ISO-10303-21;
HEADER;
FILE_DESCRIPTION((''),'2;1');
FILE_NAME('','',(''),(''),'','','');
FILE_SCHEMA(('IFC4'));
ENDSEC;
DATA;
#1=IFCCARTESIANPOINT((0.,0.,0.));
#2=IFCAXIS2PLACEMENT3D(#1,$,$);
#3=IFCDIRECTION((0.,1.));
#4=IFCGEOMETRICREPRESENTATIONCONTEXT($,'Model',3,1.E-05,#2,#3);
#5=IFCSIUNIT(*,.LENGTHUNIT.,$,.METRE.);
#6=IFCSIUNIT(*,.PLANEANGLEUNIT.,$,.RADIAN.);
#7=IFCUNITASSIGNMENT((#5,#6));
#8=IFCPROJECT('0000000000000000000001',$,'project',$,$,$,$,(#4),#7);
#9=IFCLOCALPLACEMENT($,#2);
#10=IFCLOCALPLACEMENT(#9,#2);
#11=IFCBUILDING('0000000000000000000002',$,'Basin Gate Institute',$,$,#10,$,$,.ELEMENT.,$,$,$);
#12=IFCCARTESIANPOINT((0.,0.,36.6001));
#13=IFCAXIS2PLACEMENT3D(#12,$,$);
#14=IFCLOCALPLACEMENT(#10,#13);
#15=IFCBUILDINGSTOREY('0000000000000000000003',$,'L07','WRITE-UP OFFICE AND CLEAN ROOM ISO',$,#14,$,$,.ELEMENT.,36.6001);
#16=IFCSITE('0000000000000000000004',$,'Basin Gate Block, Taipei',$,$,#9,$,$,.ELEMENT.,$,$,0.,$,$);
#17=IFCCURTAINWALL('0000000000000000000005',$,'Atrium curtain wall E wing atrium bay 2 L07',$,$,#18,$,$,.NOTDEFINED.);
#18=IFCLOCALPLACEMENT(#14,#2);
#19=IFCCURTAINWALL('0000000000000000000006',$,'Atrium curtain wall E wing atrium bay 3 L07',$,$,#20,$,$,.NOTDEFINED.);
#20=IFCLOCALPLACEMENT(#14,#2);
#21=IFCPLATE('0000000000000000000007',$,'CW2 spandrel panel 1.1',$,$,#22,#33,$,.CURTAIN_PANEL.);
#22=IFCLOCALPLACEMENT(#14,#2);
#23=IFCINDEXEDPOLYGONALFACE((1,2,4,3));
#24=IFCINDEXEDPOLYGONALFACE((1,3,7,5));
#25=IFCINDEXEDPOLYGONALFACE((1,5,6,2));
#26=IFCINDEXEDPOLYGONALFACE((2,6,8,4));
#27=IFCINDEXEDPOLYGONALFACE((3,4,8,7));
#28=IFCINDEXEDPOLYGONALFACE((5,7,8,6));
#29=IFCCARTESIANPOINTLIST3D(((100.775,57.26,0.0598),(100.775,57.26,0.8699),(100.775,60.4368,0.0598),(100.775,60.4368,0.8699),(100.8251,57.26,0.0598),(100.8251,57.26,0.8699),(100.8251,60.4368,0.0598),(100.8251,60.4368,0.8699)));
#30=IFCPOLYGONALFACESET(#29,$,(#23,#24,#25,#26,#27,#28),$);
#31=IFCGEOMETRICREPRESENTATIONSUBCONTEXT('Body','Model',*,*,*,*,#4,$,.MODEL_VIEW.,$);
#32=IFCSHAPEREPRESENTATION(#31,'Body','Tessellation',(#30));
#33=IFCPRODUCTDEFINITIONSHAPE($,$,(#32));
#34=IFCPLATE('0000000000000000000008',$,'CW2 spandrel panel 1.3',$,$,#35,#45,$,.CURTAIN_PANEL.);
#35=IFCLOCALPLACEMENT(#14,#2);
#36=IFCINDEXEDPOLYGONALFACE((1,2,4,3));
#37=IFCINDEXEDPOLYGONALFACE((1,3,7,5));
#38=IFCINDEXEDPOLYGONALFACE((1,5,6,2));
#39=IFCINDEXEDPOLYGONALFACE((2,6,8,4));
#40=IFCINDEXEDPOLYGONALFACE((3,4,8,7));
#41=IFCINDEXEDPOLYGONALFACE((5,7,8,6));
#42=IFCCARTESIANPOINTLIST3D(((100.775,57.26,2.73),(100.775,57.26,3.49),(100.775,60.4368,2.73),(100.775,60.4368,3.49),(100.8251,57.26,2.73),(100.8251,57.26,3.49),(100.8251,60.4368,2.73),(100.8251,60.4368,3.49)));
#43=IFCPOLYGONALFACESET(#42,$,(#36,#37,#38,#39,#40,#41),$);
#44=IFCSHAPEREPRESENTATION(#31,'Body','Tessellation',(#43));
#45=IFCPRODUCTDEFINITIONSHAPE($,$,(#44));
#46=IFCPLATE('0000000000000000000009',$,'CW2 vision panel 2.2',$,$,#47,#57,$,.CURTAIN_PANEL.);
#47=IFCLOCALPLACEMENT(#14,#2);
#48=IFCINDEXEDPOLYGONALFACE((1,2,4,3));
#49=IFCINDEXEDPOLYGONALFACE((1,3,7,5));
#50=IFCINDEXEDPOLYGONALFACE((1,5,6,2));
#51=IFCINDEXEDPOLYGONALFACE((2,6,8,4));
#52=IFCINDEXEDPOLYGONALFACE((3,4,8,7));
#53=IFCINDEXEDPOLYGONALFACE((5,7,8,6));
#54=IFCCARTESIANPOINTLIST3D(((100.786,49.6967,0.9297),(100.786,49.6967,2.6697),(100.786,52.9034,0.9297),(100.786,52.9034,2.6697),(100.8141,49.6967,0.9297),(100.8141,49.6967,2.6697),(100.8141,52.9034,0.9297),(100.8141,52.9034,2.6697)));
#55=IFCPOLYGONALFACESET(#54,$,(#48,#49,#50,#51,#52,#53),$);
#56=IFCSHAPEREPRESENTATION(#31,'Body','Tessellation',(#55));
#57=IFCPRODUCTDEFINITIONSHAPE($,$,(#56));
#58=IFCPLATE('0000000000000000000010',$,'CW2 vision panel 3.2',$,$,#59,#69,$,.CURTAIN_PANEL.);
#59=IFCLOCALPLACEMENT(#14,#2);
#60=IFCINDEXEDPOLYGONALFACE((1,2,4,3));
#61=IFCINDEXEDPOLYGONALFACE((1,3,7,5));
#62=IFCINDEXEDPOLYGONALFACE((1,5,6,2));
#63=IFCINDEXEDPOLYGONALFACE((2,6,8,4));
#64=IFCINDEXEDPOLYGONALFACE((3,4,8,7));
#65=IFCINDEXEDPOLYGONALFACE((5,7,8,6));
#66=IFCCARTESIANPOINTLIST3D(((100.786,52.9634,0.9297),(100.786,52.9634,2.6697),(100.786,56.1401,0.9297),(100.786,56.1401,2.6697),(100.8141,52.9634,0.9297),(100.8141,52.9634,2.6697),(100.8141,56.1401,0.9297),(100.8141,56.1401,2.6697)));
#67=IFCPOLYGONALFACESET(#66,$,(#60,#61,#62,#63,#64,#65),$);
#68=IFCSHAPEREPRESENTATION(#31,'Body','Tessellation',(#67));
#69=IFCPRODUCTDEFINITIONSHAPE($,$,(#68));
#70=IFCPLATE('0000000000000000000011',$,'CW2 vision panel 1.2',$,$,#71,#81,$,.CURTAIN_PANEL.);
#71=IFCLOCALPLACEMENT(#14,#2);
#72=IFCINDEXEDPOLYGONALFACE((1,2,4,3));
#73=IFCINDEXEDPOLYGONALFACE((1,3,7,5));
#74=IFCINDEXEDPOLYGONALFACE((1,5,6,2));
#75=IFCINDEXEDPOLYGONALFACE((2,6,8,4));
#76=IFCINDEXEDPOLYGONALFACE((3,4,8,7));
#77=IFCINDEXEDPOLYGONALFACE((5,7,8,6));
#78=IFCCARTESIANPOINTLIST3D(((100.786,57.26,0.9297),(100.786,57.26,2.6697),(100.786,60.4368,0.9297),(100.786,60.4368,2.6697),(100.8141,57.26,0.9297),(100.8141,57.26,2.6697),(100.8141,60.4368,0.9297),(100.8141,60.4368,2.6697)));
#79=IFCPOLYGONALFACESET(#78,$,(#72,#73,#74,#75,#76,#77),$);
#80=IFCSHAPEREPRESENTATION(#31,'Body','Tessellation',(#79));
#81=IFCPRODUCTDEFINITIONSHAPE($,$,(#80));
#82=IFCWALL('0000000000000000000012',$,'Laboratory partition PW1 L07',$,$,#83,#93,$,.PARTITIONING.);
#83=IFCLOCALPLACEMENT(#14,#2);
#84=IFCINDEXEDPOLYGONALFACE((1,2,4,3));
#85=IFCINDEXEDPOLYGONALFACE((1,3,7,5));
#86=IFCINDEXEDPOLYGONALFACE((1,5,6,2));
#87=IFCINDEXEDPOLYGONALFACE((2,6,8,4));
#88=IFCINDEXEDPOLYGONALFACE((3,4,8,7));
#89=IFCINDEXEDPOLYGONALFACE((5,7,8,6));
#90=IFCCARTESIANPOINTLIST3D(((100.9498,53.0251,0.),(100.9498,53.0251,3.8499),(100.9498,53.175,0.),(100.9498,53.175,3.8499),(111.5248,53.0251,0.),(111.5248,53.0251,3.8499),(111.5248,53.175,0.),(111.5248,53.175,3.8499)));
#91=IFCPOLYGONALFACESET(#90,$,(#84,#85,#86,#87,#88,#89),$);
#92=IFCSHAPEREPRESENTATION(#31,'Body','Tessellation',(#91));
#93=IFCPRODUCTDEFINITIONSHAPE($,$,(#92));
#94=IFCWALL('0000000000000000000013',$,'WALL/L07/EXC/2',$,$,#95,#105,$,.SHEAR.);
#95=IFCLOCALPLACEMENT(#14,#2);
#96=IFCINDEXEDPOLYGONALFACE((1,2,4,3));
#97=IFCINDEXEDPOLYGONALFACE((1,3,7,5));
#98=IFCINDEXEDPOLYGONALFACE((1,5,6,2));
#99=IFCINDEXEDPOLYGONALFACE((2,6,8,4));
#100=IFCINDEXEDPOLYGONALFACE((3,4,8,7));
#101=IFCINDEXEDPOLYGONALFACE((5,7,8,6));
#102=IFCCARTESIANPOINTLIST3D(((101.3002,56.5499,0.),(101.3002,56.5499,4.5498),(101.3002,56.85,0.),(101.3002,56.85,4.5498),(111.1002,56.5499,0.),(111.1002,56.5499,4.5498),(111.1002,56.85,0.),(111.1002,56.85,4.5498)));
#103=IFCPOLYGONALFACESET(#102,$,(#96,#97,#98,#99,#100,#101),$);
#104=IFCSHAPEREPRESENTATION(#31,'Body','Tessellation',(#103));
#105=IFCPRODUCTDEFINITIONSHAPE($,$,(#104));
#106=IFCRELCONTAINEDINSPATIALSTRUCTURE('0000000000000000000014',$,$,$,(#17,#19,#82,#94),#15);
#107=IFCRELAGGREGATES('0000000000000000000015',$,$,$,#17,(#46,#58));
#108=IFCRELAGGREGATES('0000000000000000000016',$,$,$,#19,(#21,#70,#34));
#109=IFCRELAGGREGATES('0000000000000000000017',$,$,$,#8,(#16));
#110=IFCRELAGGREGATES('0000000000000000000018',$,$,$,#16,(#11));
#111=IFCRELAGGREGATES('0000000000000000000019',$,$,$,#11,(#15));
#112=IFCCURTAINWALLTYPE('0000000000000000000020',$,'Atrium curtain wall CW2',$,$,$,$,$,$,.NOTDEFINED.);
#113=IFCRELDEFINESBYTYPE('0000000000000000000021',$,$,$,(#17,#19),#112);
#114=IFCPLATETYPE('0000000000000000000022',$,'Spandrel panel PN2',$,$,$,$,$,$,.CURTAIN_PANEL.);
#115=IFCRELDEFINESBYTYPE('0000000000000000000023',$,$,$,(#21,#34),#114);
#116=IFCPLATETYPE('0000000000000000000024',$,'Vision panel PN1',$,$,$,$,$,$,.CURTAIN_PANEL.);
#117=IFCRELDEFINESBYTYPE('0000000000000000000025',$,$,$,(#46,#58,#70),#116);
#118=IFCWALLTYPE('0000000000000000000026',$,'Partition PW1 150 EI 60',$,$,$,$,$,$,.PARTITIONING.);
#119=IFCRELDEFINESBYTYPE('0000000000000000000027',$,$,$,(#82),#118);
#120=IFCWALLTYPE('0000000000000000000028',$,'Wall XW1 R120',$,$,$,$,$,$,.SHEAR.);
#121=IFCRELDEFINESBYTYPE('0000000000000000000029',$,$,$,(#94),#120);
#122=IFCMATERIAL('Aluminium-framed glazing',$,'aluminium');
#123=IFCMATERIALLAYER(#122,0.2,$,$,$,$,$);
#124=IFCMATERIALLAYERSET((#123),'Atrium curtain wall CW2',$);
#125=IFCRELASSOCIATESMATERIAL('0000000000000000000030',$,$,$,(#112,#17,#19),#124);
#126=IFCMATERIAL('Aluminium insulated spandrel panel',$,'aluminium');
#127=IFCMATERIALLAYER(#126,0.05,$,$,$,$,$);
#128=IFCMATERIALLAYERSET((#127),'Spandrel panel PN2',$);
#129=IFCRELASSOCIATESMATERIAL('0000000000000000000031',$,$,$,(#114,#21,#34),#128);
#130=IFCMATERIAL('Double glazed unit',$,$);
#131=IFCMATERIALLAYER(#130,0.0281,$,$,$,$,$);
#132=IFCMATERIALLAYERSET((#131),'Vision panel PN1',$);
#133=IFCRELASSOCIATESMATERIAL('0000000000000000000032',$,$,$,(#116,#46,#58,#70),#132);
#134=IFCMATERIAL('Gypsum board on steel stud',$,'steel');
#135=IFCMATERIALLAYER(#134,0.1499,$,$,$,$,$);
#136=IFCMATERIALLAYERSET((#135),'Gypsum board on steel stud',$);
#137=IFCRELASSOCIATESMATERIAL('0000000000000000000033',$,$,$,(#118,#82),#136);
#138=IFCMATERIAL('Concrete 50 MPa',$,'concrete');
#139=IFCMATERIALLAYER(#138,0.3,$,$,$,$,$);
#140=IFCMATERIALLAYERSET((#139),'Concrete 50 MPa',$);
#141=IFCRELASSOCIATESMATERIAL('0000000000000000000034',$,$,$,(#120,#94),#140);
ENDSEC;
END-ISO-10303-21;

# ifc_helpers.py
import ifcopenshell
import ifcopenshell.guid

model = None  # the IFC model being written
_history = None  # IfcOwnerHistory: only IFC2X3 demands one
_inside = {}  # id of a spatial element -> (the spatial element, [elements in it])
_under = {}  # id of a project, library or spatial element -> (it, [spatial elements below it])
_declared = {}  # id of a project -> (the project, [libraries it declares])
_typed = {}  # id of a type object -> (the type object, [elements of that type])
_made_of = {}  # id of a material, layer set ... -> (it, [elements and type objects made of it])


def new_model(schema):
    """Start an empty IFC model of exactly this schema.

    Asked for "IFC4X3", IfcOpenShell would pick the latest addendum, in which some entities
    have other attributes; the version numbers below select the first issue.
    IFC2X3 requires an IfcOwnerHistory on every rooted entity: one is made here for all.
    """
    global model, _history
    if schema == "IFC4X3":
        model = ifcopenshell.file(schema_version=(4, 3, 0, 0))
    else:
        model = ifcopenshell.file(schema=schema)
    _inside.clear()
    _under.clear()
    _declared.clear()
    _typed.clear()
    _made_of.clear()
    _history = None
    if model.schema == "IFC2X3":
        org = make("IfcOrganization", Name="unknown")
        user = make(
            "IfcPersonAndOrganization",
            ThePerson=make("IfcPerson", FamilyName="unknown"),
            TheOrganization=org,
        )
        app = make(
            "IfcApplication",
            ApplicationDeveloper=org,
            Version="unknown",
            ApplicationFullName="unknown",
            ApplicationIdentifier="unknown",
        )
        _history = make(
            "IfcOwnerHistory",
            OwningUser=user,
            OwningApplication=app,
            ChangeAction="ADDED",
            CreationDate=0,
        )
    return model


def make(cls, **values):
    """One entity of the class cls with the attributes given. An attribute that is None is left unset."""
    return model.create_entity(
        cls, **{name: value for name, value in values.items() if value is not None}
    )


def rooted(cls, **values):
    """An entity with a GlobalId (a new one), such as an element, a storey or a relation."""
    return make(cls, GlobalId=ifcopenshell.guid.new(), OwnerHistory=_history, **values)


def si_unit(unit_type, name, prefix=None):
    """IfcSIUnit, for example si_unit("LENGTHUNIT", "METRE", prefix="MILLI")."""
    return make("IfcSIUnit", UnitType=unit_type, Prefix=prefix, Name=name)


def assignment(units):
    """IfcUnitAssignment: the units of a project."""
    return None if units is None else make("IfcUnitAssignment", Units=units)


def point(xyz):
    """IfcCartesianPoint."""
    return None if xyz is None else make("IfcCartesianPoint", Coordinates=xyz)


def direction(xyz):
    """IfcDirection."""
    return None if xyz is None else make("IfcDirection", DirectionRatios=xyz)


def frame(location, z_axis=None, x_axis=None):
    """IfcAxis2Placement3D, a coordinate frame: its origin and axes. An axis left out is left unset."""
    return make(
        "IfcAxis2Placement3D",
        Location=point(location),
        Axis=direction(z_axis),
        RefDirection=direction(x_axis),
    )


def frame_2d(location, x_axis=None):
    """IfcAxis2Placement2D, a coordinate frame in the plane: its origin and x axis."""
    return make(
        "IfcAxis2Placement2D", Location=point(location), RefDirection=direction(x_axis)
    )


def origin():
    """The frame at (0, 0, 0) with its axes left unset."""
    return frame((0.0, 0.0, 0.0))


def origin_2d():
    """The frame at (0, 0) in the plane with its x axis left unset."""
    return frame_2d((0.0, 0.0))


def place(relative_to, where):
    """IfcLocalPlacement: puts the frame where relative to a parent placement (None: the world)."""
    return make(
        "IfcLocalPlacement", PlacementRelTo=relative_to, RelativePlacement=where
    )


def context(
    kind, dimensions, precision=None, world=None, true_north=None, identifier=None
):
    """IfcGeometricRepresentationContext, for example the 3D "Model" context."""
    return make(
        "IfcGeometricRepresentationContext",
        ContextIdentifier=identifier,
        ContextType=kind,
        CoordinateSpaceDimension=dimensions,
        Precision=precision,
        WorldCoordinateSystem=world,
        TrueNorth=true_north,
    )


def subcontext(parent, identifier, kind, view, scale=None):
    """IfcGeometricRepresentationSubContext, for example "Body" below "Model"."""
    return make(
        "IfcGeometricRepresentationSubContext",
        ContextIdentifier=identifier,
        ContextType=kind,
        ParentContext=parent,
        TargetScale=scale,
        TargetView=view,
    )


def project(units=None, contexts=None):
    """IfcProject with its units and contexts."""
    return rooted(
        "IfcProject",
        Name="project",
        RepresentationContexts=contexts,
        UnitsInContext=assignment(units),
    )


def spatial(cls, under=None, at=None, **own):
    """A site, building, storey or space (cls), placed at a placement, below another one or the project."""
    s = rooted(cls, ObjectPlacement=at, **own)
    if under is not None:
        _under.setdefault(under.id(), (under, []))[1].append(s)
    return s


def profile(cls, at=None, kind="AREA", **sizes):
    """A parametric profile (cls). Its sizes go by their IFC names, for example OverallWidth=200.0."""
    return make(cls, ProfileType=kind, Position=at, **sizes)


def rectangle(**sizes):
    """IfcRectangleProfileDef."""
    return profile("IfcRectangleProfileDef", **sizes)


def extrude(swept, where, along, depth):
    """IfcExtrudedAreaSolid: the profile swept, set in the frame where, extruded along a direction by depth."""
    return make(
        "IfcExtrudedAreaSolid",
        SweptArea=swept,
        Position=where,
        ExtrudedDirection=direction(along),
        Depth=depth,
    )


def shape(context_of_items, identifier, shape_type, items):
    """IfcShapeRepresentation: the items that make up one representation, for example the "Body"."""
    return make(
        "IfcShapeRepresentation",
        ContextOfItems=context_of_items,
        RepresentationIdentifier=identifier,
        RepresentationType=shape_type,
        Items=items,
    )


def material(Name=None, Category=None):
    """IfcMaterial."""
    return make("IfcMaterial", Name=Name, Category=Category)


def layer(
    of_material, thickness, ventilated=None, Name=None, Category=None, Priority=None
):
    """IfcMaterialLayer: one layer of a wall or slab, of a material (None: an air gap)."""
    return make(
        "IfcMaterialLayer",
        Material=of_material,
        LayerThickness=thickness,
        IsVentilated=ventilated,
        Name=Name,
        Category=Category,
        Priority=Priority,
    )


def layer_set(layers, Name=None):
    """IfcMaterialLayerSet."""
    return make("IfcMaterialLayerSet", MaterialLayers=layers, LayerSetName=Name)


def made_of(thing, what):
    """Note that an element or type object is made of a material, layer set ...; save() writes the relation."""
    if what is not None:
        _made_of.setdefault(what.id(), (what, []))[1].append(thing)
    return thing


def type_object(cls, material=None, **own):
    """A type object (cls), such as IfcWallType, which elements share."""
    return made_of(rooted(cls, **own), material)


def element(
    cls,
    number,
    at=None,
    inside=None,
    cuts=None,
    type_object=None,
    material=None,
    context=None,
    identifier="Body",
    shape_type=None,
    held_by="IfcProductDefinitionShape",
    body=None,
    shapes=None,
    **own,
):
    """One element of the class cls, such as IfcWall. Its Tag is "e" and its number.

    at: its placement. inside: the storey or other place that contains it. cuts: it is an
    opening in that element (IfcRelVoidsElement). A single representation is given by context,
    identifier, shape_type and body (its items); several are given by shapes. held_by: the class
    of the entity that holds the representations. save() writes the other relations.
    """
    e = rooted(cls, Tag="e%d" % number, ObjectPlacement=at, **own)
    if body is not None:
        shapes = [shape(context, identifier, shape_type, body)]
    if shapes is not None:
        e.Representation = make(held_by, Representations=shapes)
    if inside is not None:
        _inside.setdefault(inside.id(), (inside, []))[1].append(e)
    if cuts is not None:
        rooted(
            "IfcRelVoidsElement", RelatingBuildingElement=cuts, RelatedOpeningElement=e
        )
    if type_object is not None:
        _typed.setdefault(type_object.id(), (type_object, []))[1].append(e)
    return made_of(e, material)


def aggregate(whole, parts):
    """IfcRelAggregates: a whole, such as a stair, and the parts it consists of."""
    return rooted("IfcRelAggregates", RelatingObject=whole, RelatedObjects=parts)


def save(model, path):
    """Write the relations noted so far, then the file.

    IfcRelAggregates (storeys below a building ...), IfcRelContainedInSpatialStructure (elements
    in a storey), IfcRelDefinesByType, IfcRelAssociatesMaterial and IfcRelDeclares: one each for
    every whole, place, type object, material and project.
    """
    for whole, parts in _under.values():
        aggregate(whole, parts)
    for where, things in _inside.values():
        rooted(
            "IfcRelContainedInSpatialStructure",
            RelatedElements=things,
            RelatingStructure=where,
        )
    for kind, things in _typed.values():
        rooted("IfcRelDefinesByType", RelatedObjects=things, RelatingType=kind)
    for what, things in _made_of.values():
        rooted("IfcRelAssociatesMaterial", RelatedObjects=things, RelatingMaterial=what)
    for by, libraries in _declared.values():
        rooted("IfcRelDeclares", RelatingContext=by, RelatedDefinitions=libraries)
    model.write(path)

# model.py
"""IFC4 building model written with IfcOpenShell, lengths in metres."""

from ifc_helpers import new_model, si_unit, direction, frame, frame_2d, origin, origin_2d, place, context, subcontext, project, spatial, rectangle, extrude, material, layer, layer_set, type_object, element, aggregate, save


model = new_model("IFC4")

# Units and contexts
model_context = context("Model", 3, precision=1e-05, world=origin(), true_north=direction((0.0, 1.0)))
body_context = subcontext(model_context, "Body", "Model", "MODEL_VIEW")
ifc_project = project(units=[si_unit("LENGTHUNIT", "METRE"), si_unit("PLANEANGLEUNIT", "RADIAN")], contexts=[model_context])

# Site, building, storey
site_placement = place(None, origin())
site = spatial("IfcSite", under=ifc_project, at=site_placement, Name="Basin Gate Block, Taipei", CompositionType="ELEMENT", RefElevation=0.0)
building_placement = place(site_placement, origin())
building = spatial("IfcBuilding", under=site, at=building_placement, Name="Basin Gate Institute", CompositionType="ELEMENT")
storey_placement = place(building_placement, frame((0.0, 0.0, 36.6001)))
storey = spatial("IfcBuildingStorey", under=building, at=storey_placement, Name="L07", Description="WRITE-UP OFFICE AND CLEAN ROOM ISO", CompositionType="ELEMENT", Elevation=36.6001)

# Curtain wall
ifc_material_1 = material(Name="Aluminium-framed glazing", Category="aluminium")
ifc_layer_1 = layer(ifc_material_1, 0.2)
ifc_layer_set_1 = layer_set([ifc_layer_1], Name="Atrium curtain wall CW2")
curtain_wall_type = type_object("IfcCurtainWallType", Name="Atrium curtain wall CW2", PredefinedType="NOTDEFINED", material=ifc_layer_set_1)
curtain_wall_1_placement = place(storey_placement, origin())
curtain_wall_1 = element("IfcCurtainWall", 1, at=curtain_wall_1_placement, inside=storey, type_object=curtain_wall_type, material=ifc_layer_set_1, Name="Atrium curtain wall E wing atrium bay 2 L07", PredefinedType="NOTDEFINED")

# Curtain wall
curtain_wall_2_placement = place(storey_placement, origin())
curtain_wall_2 = element("IfcCurtainWall", 2, at=curtain_wall_2_placement, inside=storey, type_object=curtain_wall_type, material=ifc_layer_set_1, Name="Atrium curtain wall E wing atrium bay 3 L07", PredefinedType="NOTDEFINED")

# Plates
ifc_material_2 = material(Name="Aluminium insulated spandrel panel", Category="aluminium")
ifc_layer_2 = layer(ifc_material_2, 0.05)
ifc_layer_set_2 = layer_set([ifc_layer_2], Name="Spandrel panel PN2")
plate_type_1 = type_object("IfcPlateType", Name="Spandrel panel PN2", PredefinedType="CURTAIN_PANEL", material=ifc_layer_set_2)
plate_1_placement = place(storey_placement, frame((100.8, 58.8484, 0.0598), z_axis=(0.0, 0.0, 1.0), x_axis=(0.0, 1.0, 0.0)))
plate_1 = element("IfcPlate", 3, at=plate_1_placement, type_object=plate_type_1, material=ifc_layer_set_2, Name="CW2 spandrel panel 1.1", PredefinedType="CURTAIN_PANEL", context=body_context, shape_type="SweptSolid", body=[
    extrude(rectangle(XDim=3.1768, YDim=0.05, at=origin_2d()), origin(), (0.0, 0.0, 1.0), 0.8101),
])
plate_2_placement = place(storey_placement, frame((100.8, 58.8484, 2.73), z_axis=(0.0, 0.0, 1.0), x_axis=(0.0, 1.0, 0.0)))
plate_2 = element("IfcPlate", 4, at=plate_2_placement, type_object=plate_type_1, material=ifc_layer_set_2, Name="CW2 spandrel panel 1.3", PredefinedType="CURTAIN_PANEL", context=body_context, shape_type="SweptSolid", body=[
    extrude(rectangle(XDim=3.1768, YDim=0.05, at=origin_2d()), origin(), (0.0, 0.0, 1.0), 0.76),
])
ifc_material_3 = material(Name="Double glazed unit")
ifc_layer_3 = layer(ifc_material_3, 0.0281)
ifc_layer_set_3 = layer_set([ifc_layer_3], Name="Vision panel PN1")
plate_type_2 = type_object("IfcPlateType", Name="Vision panel PN1", PredefinedType="CURTAIN_PANEL", material=ifc_layer_set_3)
plate_3_placement = place(storey_placement, frame((100.8, 51.3, 0.9297), z_axis=(0.0, 0.0, 1.0), x_axis=(0.0, 1.0, 0.0)))
plate_3 = element("IfcPlate", 5, at=plate_3_placement, type_object=plate_type_2, material=ifc_layer_set_3, Name="CW2 vision panel 2.2", PredefinedType="CURTAIN_PANEL", context=body_context, shape_type="SweptSolid", body=[
    extrude(rectangle(XDim=3.2068, YDim=0.0281, at=origin_2d()), origin(), (0.0, 0.0, 1.0), 1.74),
])
plate_4_placement = place(storey_placement, frame((100.8, 54.5518, 0.9297), z_axis=(0.0, 0.0, 1.0), x_axis=(0.0, 1.0, 0.0)))
plate_4 = element("IfcPlate", 6, at=plate_4_placement, type_object=plate_type_2, material=ifc_layer_set_3, Name="CW2 vision panel 3.2", PredefinedType="CURTAIN_PANEL", context=body_context, shape_type="SweptSolid", body=[
    extrude(rectangle(XDim=3.1768, YDim=0.0281, at=origin_2d()), origin(), (0.0, 0.0, 1.0), 1.74),
])
aggregate(curtain_wall_1, [plate_3, plate_4])
plate_5_placement = place(storey_placement, frame((100.8, 58.8484, 0.9297), z_axis=(0.0, 0.0, 1.0), x_axis=(0.0, 1.0, 0.0)))
plate_5 = element("IfcPlate", 7, at=plate_5_placement, type_object=plate_type_2, material=ifc_layer_set_3, Name="CW2 vision panel 1.2", PredefinedType="CURTAIN_PANEL", context=body_context, shape_type="SweptSolid", body=[
    extrude(rectangle(XDim=3.1768, YDim=0.0281, at=origin_2d()), origin(), (0.0, 0.0, 1.0), 1.74),
])
aggregate(curtain_wall_2, [plate_1, plate_5, plate_2])

# Walls
ifc_material_4 = material(Name="Gypsum board on steel stud", Category="steel")
ifc_layer_4 = layer(ifc_material_4, 0.1499)
ifc_layer_set_4 = layer_set([ifc_layer_4], Name="Gypsum board on steel stud")
wall_type_1 = type_object("IfcWallType", Name="Partition PW1 150 EI 60", PredefinedType="PARTITIONING", material=ifc_layer_set_4)
wall_1_placement = place(storey_placement, frame((111.5249, 53.1001, 0.0), z_axis=(0.0, 0.0, 1.0), x_axis=(-1.0, 0.0, 0.0)))
element("IfcWall", 8, at=wall_1_placement, inside=storey, type_object=wall_type_1, material=ifc_layer_set_4, Name="Laboratory partition PW1 L07", PredefinedType="PARTITIONING", context=body_context, shape_type="SweptSolid", body=[
    extrude(rectangle(XDim=10.575, YDim=0.1499, at=frame_2d((5.2876, 0.0))), origin(), (0.0, 0.0, 1.0), 3.8499),
])
ifc_material_5 = material(Name="Concrete 50 MPa", Category="concrete")
ifc_layer_5 = layer(ifc_material_5, 0.3)
ifc_layer_set_5 = layer_set([ifc_layer_5], Name="Concrete 50 MPa")
wall_type_2 = type_object("IfcWallType", Name="Wall XW1 R120", PredefinedType="SHEAR", material=ifc_layer_set_5)
wall_2_placement = place(storey_placement, frame((111.1001, 56.7, 0.0), z_axis=(0.0, 0.0, 1.0), x_axis=(-1.0, 0.0, 0.0)))
element("IfcWall", 9, at=wall_2_placement, inside=storey, type_object=wall_type_2, material=ifc_layer_set_5, Name="WALL/L07/EXC/2", PredefinedType="SHEAR", context=body_context, shape_type="SweptSolid", body=[
    extrude(rectangle(XDim=9.8, YDim=0.3, at=frame_2d((4.8999, 0.0))), origin(), (0.0, 0.0, 1.0), 4.5498),
])

save(model, "model.ifc")
